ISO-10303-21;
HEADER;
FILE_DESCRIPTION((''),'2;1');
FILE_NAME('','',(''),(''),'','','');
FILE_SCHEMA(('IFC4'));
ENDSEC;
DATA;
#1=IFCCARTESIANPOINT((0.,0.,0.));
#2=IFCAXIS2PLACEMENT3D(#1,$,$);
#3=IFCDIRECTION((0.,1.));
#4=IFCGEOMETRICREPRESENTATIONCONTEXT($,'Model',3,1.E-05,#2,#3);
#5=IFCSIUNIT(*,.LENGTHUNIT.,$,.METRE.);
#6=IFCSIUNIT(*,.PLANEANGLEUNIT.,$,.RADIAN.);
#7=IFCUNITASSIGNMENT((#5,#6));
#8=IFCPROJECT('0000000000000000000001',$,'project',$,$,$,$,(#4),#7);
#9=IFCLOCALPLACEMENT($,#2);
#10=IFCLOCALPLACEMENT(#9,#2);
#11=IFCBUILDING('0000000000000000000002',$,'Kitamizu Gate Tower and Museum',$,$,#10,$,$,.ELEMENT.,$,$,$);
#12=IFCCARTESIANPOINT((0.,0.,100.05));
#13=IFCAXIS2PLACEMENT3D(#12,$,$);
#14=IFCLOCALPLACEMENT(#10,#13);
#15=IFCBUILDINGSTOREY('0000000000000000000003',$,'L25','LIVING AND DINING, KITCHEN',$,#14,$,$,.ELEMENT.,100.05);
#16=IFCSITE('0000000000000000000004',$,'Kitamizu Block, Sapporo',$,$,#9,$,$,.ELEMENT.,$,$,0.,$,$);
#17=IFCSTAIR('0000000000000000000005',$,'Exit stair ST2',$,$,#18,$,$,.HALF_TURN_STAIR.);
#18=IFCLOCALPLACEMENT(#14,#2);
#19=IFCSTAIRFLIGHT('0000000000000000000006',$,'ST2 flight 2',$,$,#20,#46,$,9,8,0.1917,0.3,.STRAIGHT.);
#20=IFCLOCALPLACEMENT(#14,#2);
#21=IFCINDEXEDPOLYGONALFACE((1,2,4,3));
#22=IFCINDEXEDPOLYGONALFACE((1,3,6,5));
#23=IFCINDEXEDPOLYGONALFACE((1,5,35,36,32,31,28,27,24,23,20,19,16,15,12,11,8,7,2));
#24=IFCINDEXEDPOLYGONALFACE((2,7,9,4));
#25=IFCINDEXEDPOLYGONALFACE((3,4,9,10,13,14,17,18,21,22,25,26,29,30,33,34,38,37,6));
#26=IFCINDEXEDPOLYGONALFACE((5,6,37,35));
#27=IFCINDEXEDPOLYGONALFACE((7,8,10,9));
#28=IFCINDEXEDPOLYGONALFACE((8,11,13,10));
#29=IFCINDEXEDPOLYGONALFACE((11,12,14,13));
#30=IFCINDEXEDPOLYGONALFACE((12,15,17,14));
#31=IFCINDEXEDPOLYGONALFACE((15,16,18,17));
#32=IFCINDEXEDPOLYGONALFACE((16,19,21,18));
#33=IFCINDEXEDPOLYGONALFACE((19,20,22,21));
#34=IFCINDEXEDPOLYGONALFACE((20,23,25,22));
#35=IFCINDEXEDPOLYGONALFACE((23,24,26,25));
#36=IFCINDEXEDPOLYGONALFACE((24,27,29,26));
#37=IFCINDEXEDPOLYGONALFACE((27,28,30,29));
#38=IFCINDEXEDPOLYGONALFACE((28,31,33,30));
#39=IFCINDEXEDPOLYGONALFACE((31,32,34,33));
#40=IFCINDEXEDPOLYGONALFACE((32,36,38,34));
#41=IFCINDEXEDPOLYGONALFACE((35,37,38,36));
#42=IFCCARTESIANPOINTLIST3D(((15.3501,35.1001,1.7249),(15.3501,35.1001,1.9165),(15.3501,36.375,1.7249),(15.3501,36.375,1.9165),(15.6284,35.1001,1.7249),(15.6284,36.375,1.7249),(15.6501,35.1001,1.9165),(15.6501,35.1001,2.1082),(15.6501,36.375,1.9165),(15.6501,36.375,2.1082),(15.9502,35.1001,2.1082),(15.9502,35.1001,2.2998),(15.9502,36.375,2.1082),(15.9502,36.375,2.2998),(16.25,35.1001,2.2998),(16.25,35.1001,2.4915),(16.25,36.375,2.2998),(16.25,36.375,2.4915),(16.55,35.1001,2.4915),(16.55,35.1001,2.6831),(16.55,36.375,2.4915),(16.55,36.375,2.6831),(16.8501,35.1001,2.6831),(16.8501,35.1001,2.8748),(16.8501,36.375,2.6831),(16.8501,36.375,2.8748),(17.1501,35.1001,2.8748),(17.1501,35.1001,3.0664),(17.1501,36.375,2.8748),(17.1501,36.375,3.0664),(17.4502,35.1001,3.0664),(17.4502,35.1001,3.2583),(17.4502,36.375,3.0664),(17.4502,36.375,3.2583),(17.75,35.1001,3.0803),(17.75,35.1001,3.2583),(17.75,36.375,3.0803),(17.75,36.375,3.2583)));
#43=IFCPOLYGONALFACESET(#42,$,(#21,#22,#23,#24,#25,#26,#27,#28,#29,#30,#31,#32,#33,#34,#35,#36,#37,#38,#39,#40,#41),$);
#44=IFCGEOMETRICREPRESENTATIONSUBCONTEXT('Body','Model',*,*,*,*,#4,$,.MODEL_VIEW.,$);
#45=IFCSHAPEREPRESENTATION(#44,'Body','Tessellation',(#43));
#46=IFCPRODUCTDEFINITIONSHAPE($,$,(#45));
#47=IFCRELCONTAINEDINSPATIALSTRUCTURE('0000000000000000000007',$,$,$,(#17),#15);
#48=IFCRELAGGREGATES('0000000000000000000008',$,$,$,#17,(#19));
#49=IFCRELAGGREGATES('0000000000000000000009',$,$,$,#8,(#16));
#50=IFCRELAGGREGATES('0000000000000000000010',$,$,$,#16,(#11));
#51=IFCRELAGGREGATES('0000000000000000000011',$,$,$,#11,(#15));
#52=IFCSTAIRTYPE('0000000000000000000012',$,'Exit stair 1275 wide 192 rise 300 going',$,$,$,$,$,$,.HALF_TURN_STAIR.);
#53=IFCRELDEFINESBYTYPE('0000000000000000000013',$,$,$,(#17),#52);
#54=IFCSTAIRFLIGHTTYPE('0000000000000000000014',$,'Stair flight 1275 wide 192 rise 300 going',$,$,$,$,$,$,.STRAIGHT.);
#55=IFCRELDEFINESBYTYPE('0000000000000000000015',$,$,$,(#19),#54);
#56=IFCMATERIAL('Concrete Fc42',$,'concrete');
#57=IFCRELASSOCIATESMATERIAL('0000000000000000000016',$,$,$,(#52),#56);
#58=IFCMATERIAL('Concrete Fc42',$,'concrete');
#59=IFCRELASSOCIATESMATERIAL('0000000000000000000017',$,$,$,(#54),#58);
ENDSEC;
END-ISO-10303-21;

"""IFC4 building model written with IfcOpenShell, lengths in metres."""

from ifc_helpers import new_model, si_unit, direction, frame, origin, place, context, subcontext, project, spatial, polyline, outline, extrude, material, type_object, element, aggregate, save


model = new_model("IFC4")

# Units and contexts
model_context = context("Model", 3, precision=1e-05, world=origin(), true_north=direction((0.0, 1.0)))
body_context = subcontext(model_context, "Body", "Model", "MODEL_VIEW")
ifc_project = project(units=[si_unit("LENGTHUNIT", "METRE"), si_unit("PLANEANGLEUNIT", "RADIAN")], contexts=[model_context])

# Site, building, storey
site_placement = place(None, origin())
site = spatial("IfcSite", under=ifc_project, at=site_placement, Name="Kitamizu Block, Sapporo", CompositionType="ELEMENT", RefElevation=0.0)
building_placement = place(site_placement, origin())
building = spatial("IfcBuilding", under=site, at=building_placement, Name="Kitamizu Gate Tower and Museum", CompositionType="ELEMENT")
storey_placement = place(building_placement, frame((0.0, 0.0, 100.05)))
storey = spatial("IfcBuildingStorey", under=building, at=storey_placement, Name="L25", Description="LIVING AND DINING, KITCHEN", CompositionType="ELEMENT", Elevation=100.05)

# Stair, stair flight
ifc_material_1 = material(Name="Concrete Fc42", Category="concrete")
stair_type = type_object("IfcStairType", Name="Exit stair 1275 wide 192 rise 300 going", PredefinedType="HALF_TURN_STAIR", material=ifc_material_1)
stair_placement = place(storey_placement, origin())
stair = element("IfcStair", 1, at=stair_placement, inside=storey, type_object=stair_type, Name="Exit stair ST2", PredefinedType="HALF_TURN_STAIR")
ifc_material_2 = material(Name="Concrete Fc42", Category="concrete")
stair_flight_type = type_object("IfcStairFlightType", Name="Stair flight 1275 wide 192 rise 300 going", PredefinedType="STRAIGHT", material=ifc_material_2)
stair_flight_1_placement = place(storey_placement, frame((15.3501, 35.7375, 1.7249), z_axis=(0.0, 0.0, 1.0), x_axis=(1.0, 0.0, 0.0)))
stair_flight_1 = element("IfcStairFlight", 2, at=stair_flight_1_placement, type_object=stair_flight_type, Name="ST2 flight 2", NumberOfRisers=9, NumberOfTreads=8, PredefinedType="STRAIGHT", RiserHeight=0.1917, TreadLength=0.3, context=body_context, shape_type="SweptSolid", body=[
    extrude(outline(polyline([(0.0, 0.0), (0.0, 0.1917), (0.3, 0.1917), (0.3, 0.3833), (0.6001, 0.3833), (0.6001, 0.575), (0.8999, 0.575), (0.8999, 0.7666), (1.2, 0.7666), (1.2, 0.9583), (1.5, 0.9583), (1.5, 1.1499), (1.8, 1.1499), (1.8, 1.3416), (2.1001, 1.3416), (2.1001, 1.5334), (2.3999, 1.5334), (2.3999, 1.7251), (2.3999, 1.3555), (0.2783, 0.0), (0.0, 0.0)])), frame((0.0, 0.6375, 0.0), z_axis=(0.0, -1.0, 0.0), x_axis=(1.0, 0.0, 0.0)), (0.0, 0.0, 1.0), 1.2749),
])
aggregate(stair, [stair_flight_1])

save(model, "model.ifc")
